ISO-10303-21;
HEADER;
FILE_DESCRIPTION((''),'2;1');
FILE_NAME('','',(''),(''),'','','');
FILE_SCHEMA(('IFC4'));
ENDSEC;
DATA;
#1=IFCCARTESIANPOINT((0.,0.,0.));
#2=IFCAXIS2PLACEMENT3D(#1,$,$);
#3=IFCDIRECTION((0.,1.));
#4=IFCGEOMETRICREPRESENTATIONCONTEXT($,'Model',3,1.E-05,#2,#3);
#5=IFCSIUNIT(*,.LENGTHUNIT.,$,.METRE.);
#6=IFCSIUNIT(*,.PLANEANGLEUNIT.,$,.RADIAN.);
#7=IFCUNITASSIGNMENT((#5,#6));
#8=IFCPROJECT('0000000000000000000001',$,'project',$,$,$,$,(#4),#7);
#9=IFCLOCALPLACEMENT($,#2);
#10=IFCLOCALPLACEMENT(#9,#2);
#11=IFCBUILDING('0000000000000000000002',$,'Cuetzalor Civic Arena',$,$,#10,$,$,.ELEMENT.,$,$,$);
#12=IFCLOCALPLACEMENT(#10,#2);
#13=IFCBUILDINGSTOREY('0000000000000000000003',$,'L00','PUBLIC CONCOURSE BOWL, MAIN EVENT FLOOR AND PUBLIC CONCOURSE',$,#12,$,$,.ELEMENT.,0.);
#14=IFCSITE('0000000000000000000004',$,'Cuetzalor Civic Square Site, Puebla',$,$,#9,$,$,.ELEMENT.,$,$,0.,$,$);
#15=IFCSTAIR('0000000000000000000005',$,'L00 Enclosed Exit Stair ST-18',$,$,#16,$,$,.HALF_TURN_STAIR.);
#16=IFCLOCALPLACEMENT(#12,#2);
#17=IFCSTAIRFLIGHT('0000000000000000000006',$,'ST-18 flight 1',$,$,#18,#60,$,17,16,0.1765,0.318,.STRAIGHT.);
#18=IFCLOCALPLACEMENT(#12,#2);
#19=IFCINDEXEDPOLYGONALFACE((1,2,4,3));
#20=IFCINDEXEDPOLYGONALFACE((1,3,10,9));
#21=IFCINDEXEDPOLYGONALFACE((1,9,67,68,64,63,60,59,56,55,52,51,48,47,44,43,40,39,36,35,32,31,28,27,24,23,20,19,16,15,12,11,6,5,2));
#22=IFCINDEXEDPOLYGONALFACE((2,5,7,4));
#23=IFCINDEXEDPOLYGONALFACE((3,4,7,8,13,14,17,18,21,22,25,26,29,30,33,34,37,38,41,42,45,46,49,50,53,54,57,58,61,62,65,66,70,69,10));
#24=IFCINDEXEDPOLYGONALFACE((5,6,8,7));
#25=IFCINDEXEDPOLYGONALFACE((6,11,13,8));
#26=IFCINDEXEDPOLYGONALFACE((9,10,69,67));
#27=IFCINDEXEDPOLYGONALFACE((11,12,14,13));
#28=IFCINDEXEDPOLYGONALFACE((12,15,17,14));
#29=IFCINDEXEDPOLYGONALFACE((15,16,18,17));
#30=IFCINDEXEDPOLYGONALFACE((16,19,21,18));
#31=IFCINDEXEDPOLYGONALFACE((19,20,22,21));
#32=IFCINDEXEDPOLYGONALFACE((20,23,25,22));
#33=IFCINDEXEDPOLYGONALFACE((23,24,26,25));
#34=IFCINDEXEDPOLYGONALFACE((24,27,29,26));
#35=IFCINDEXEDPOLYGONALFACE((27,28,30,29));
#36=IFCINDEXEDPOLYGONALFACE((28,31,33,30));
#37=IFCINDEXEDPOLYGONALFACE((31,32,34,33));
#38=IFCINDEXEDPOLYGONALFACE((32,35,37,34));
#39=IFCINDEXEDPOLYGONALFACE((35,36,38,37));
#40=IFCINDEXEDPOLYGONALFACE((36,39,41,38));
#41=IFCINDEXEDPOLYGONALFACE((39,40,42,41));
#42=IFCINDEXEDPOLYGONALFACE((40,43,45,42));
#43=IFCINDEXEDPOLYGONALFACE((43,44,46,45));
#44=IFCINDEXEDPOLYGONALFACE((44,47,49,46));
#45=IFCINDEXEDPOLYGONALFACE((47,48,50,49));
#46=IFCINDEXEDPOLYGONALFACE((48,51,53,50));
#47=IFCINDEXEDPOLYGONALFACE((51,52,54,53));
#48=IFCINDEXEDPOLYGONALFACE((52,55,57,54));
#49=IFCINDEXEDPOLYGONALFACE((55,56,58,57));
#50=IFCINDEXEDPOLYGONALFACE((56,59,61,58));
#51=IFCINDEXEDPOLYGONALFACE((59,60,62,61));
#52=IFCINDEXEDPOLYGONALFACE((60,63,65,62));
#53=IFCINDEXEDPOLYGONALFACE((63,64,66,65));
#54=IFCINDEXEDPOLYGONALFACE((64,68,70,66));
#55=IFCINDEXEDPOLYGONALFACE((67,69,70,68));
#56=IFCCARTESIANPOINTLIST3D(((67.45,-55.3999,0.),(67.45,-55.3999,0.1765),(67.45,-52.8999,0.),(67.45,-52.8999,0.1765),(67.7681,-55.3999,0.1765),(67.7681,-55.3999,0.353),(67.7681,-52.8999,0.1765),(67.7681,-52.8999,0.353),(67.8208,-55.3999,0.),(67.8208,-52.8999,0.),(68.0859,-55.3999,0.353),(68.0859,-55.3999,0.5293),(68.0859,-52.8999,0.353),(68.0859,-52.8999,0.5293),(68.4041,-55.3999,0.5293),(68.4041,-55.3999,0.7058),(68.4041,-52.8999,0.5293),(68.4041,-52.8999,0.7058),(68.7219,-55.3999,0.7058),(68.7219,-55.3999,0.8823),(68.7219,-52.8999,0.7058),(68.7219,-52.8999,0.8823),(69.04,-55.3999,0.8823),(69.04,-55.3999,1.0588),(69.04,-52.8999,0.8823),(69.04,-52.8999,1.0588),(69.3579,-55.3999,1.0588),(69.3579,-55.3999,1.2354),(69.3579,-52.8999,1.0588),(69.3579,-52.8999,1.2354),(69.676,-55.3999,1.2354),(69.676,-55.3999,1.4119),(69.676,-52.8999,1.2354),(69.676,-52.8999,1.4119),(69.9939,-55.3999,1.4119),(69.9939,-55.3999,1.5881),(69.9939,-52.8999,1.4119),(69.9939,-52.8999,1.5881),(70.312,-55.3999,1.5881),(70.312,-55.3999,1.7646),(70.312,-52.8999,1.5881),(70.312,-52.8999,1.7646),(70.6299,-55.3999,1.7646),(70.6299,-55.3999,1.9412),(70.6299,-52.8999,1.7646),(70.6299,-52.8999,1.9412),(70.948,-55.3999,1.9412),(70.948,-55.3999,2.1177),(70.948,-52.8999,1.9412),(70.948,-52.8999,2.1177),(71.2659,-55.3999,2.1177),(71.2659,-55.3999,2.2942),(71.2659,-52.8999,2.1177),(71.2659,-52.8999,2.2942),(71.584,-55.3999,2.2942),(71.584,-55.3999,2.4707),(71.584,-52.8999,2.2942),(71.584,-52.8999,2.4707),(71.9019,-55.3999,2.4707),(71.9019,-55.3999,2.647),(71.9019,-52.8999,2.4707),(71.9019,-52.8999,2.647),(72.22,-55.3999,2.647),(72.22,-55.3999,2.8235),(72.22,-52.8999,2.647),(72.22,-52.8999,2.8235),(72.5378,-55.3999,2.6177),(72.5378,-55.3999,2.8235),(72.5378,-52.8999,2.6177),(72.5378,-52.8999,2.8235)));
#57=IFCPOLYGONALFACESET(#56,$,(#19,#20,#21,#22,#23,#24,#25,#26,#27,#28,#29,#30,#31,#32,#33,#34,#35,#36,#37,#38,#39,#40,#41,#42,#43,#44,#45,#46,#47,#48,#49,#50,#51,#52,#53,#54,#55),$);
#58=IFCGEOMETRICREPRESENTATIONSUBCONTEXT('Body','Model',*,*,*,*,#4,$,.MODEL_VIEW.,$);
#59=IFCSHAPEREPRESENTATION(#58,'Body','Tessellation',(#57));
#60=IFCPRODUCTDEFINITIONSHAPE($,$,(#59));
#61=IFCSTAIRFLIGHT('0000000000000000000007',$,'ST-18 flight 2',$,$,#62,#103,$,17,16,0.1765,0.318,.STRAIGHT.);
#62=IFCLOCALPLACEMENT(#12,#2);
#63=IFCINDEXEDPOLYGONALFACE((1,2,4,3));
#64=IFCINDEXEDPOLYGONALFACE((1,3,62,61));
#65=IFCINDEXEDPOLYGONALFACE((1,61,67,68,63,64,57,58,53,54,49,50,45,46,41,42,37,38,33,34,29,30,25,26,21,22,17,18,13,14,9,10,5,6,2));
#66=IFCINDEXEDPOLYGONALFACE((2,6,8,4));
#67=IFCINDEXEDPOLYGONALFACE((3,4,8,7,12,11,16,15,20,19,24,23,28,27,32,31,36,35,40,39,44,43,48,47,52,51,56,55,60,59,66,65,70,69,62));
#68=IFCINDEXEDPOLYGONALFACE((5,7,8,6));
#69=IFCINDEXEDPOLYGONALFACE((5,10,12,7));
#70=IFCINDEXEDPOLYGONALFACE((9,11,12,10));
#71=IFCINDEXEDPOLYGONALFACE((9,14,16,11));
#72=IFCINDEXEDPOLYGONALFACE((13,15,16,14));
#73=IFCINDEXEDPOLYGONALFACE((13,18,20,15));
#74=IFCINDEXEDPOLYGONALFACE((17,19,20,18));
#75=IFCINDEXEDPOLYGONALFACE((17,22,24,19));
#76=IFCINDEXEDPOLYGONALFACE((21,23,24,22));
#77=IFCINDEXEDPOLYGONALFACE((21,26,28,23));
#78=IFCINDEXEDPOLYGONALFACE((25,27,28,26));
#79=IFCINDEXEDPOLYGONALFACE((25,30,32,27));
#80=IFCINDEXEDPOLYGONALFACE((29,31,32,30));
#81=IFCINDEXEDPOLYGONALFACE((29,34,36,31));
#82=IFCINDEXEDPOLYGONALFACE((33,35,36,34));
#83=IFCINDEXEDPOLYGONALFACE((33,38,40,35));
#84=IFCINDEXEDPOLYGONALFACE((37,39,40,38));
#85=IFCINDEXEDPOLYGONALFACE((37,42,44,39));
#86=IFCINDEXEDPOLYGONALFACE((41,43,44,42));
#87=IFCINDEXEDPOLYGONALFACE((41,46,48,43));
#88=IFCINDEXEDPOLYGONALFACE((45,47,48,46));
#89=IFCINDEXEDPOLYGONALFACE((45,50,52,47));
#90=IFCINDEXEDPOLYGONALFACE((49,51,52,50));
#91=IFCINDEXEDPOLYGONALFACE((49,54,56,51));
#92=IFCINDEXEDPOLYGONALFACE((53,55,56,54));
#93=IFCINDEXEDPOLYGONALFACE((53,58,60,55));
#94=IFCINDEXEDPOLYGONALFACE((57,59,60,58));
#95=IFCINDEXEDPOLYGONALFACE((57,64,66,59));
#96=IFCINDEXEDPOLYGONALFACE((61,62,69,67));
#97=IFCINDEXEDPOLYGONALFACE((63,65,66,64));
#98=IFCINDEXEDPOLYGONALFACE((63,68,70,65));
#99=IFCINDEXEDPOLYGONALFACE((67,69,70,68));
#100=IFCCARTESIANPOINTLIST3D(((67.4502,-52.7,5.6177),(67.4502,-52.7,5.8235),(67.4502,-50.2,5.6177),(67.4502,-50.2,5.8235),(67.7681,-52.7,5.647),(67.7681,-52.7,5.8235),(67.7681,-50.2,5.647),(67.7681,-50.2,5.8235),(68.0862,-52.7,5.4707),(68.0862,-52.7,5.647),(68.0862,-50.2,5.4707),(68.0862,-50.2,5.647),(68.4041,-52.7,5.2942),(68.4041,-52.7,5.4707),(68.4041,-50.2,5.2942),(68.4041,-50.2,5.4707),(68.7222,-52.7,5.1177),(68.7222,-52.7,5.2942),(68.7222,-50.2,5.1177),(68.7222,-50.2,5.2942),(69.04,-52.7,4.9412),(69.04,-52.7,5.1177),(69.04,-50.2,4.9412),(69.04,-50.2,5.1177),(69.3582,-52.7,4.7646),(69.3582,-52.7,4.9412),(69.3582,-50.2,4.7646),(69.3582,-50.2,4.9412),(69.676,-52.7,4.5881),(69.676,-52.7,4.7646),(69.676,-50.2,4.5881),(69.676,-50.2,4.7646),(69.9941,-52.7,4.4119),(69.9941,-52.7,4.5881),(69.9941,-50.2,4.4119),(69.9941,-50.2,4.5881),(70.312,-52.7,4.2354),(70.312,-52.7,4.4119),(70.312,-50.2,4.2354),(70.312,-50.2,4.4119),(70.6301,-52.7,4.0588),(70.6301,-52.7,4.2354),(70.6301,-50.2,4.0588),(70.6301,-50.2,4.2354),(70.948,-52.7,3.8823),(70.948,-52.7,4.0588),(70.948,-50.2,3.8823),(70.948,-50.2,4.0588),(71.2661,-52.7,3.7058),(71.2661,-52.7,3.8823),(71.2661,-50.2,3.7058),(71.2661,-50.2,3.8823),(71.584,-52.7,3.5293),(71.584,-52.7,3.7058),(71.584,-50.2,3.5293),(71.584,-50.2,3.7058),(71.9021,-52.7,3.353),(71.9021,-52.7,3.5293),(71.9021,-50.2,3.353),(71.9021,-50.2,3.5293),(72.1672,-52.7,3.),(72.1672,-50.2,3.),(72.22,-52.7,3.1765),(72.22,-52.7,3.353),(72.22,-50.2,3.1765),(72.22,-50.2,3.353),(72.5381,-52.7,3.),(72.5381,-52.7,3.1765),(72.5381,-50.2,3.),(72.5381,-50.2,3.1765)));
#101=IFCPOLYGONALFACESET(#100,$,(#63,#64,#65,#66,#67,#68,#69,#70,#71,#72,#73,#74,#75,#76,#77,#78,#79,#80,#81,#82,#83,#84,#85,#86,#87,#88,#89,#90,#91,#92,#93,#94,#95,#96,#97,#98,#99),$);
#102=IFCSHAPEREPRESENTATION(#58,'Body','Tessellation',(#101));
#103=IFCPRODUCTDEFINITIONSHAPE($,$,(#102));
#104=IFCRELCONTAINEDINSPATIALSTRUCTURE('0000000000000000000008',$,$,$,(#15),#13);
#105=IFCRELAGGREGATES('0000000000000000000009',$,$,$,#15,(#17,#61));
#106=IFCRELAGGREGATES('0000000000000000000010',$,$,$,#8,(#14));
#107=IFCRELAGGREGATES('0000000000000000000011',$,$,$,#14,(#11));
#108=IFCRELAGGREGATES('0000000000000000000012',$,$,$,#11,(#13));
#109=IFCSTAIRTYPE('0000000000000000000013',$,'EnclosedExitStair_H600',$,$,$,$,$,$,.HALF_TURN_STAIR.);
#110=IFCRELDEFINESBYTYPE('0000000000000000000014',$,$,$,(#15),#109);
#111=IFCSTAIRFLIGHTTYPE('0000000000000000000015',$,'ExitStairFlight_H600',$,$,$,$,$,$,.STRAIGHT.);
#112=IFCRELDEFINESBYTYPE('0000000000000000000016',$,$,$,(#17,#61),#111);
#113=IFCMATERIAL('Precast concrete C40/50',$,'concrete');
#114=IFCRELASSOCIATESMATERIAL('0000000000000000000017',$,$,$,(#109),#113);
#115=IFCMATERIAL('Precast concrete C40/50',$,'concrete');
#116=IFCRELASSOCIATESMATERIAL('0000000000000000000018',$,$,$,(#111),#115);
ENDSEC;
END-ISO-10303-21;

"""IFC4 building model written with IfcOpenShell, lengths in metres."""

from ifc_helpers import new_model, si_unit, direction, frame, origin, place, context, subcontext, project, spatial, polyline, outline, extrude, material, type_object, element, aggregate, save


model = new_model("IFC4")

# Units and contexts
model_context = context("Model", 3, precision=1e-05, world=origin(), true_north=direction((0.0, 1.0)))
body_context = subcontext(model_context, "Body", "Model", "MODEL_VIEW")
ifc_project = project(units=[si_unit("LENGTHUNIT", "METRE"), si_unit("PLANEANGLEUNIT", "RADIAN")], contexts=[model_context])

# Site, building, storey
site_placement = place(None, origin())
site = spatial("IfcSite", under=ifc_project, at=site_placement, Name="Cuetzalor Civic Square Site, Puebla", CompositionType="ELEMENT", RefElevation=0.0)
building_placement = place(site_placement, origin())
building = spatial("IfcBuilding", under=site, at=building_placement, Name="Cuetzalor Civic Arena", CompositionType="ELEMENT")
storey_placement = place(building_placement, origin())
storey = spatial("IfcBuildingStorey", under=building, at=storey_placement, Name="L00", Description="PUBLIC CONCOURSE BOWL, MAIN EVENT FLOOR AND PUBLIC CONCOURSE", CompositionType="ELEMENT", Elevation=0.0)

# Stair, stair flights
ifc_material_1 = material(Name="Precast concrete C40/50", Category="concrete")
stair_type = type_object("IfcStairType", Name="EnclosedExitStair_H600", PredefinedType="HALF_TURN_STAIR", material=ifc_material_1)
stair_placement = place(storey_placement, origin())
stair = element("IfcStair", 1, at=stair_placement, inside=storey, type_object=stair_type, Name="L00 Enclosed Exit Stair ST-18", PredefinedType="HALF_TURN_STAIR")
ifc_material_2 = material(Name="Precast concrete C40/50", Category="concrete")
stair_flight_type = type_object("IfcStairFlightType", Name="ExitStairFlight_H600", PredefinedType="STRAIGHT", material=ifc_material_2)
stair_flight_1_placement = place(storey_placement, frame((67.45, -54.1499, 0.0), z_axis=(0.0, 0.0, 1.0), x_axis=(1.0, 0.0, 0.0)))
stair_flight_1 = element("IfcStairFlight", 2, at=stair_flight_1_placement, type_object=stair_flight_type, Name="ST-18 flight 1", NumberOfRisers=17, NumberOfTreads=16, PredefinedType="STRAIGHT", RiserHeight=0.1765, TreadLength=0.318, context=body_context, shape_type="SweptSolid", body=[
    extrude(outline(polyline([(0.0, 0.0), (0.0, 0.1765), (0.3181, 0.1765), (0.3181, 0.353), (0.636, 0.353), (0.636, 0.5293), (0.9541, 0.5293), (0.9541, 0.7058), (1.272, 0.7058), (1.272, 0.8823), (1.5901, 0.8823), (1.5901, 1.0588), (1.908, 1.0588), (1.908, 1.2354), (2.2261, 1.2354), (2.2261, 1.4119), (2.5439, 1.4119), (2.5439, 1.5881), (2.8621, 1.5881), (2.8621, 1.7646), (3.1799, 1.7646), (3.1799, 1.9412), (3.498, 1.9412), (3.498, 2.1177), (3.8159, 2.1177), (3.8159, 2.2942), (4.134, 2.2942), (4.134, 2.4707), (4.4519, 2.4707), (4.4519, 2.647), (4.77, 2.647), (4.77, 2.8235), (5.0879, 2.8235), (5.0879, 3.0), (5.0879, 2.6177), (0.3708, 0.0), (0.0, 0.0)])), frame((0.0, 1.25, 0.0), z_axis=(0.0, -1.0, 0.0), x_axis=(1.0, 0.0, 0.0)), (0.0, 0.0, 1.0), 2.5),
])
stair_flight_2_placement = place(storey_placement, frame((72.5381, -51.45, 3.0), z_axis=(0.0, 0.0, 1.0), x_axis=(-1.0, 0.0, 0.0)))
stair_flight_2 = element("IfcStairFlight", 3, at=stair_flight_2_placement, type_object=stair_flight_type, Name="ST-18 flight 2", NumberOfRisers=17, NumberOfTreads=16, PredefinedType="STRAIGHT", RiserHeight=0.1765, TreadLength=0.318, context=body_context, shape_type="SweptSolid", body=[
    extrude(outline(polyline([(0.0, 0.0), (0.0, 0.1765), (0.3181, 0.1765), (0.3181, 0.353), (0.636, 0.353), (0.636, 0.5293), (0.9541, 0.5293), (0.9541, 0.7058), (1.272, 0.7058), (1.272, 0.8823), (1.5901, 0.8823), (1.5901, 1.0588), (1.908, 1.0588), (1.908, 1.2354), (2.2261, 1.2354), (2.2261, 1.4119), (2.5439, 1.4119), (2.5439, 1.5881), (2.8621, 1.5881), (2.8621, 1.7646), (3.1799, 1.7646), (3.1799, 1.9412), (3.498, 1.9412), (3.498, 2.1177), (3.8159, 2.1177), (3.8159, 2.2942), (4.134, 2.2942), (4.134, 2.4707), (4.4519, 2.4707), (4.4519, 2.647), (4.77, 2.647), (4.77, 2.8235), (5.0879, 2.8235), (5.0879, 3.0), (5.0879, 2.6177), (0.3708, 0.0), (0.0, 0.0)])), frame((0.0, 1.25, 0.0), z_axis=(0.0, -1.0, 0.0), x_axis=(1.0, 0.0, 0.0)), (0.0, 0.0, 1.0), 2.5),
])
aggregate(stair, [stair_flight_1, stair_flight_2])

save(model, "model.ifc")
